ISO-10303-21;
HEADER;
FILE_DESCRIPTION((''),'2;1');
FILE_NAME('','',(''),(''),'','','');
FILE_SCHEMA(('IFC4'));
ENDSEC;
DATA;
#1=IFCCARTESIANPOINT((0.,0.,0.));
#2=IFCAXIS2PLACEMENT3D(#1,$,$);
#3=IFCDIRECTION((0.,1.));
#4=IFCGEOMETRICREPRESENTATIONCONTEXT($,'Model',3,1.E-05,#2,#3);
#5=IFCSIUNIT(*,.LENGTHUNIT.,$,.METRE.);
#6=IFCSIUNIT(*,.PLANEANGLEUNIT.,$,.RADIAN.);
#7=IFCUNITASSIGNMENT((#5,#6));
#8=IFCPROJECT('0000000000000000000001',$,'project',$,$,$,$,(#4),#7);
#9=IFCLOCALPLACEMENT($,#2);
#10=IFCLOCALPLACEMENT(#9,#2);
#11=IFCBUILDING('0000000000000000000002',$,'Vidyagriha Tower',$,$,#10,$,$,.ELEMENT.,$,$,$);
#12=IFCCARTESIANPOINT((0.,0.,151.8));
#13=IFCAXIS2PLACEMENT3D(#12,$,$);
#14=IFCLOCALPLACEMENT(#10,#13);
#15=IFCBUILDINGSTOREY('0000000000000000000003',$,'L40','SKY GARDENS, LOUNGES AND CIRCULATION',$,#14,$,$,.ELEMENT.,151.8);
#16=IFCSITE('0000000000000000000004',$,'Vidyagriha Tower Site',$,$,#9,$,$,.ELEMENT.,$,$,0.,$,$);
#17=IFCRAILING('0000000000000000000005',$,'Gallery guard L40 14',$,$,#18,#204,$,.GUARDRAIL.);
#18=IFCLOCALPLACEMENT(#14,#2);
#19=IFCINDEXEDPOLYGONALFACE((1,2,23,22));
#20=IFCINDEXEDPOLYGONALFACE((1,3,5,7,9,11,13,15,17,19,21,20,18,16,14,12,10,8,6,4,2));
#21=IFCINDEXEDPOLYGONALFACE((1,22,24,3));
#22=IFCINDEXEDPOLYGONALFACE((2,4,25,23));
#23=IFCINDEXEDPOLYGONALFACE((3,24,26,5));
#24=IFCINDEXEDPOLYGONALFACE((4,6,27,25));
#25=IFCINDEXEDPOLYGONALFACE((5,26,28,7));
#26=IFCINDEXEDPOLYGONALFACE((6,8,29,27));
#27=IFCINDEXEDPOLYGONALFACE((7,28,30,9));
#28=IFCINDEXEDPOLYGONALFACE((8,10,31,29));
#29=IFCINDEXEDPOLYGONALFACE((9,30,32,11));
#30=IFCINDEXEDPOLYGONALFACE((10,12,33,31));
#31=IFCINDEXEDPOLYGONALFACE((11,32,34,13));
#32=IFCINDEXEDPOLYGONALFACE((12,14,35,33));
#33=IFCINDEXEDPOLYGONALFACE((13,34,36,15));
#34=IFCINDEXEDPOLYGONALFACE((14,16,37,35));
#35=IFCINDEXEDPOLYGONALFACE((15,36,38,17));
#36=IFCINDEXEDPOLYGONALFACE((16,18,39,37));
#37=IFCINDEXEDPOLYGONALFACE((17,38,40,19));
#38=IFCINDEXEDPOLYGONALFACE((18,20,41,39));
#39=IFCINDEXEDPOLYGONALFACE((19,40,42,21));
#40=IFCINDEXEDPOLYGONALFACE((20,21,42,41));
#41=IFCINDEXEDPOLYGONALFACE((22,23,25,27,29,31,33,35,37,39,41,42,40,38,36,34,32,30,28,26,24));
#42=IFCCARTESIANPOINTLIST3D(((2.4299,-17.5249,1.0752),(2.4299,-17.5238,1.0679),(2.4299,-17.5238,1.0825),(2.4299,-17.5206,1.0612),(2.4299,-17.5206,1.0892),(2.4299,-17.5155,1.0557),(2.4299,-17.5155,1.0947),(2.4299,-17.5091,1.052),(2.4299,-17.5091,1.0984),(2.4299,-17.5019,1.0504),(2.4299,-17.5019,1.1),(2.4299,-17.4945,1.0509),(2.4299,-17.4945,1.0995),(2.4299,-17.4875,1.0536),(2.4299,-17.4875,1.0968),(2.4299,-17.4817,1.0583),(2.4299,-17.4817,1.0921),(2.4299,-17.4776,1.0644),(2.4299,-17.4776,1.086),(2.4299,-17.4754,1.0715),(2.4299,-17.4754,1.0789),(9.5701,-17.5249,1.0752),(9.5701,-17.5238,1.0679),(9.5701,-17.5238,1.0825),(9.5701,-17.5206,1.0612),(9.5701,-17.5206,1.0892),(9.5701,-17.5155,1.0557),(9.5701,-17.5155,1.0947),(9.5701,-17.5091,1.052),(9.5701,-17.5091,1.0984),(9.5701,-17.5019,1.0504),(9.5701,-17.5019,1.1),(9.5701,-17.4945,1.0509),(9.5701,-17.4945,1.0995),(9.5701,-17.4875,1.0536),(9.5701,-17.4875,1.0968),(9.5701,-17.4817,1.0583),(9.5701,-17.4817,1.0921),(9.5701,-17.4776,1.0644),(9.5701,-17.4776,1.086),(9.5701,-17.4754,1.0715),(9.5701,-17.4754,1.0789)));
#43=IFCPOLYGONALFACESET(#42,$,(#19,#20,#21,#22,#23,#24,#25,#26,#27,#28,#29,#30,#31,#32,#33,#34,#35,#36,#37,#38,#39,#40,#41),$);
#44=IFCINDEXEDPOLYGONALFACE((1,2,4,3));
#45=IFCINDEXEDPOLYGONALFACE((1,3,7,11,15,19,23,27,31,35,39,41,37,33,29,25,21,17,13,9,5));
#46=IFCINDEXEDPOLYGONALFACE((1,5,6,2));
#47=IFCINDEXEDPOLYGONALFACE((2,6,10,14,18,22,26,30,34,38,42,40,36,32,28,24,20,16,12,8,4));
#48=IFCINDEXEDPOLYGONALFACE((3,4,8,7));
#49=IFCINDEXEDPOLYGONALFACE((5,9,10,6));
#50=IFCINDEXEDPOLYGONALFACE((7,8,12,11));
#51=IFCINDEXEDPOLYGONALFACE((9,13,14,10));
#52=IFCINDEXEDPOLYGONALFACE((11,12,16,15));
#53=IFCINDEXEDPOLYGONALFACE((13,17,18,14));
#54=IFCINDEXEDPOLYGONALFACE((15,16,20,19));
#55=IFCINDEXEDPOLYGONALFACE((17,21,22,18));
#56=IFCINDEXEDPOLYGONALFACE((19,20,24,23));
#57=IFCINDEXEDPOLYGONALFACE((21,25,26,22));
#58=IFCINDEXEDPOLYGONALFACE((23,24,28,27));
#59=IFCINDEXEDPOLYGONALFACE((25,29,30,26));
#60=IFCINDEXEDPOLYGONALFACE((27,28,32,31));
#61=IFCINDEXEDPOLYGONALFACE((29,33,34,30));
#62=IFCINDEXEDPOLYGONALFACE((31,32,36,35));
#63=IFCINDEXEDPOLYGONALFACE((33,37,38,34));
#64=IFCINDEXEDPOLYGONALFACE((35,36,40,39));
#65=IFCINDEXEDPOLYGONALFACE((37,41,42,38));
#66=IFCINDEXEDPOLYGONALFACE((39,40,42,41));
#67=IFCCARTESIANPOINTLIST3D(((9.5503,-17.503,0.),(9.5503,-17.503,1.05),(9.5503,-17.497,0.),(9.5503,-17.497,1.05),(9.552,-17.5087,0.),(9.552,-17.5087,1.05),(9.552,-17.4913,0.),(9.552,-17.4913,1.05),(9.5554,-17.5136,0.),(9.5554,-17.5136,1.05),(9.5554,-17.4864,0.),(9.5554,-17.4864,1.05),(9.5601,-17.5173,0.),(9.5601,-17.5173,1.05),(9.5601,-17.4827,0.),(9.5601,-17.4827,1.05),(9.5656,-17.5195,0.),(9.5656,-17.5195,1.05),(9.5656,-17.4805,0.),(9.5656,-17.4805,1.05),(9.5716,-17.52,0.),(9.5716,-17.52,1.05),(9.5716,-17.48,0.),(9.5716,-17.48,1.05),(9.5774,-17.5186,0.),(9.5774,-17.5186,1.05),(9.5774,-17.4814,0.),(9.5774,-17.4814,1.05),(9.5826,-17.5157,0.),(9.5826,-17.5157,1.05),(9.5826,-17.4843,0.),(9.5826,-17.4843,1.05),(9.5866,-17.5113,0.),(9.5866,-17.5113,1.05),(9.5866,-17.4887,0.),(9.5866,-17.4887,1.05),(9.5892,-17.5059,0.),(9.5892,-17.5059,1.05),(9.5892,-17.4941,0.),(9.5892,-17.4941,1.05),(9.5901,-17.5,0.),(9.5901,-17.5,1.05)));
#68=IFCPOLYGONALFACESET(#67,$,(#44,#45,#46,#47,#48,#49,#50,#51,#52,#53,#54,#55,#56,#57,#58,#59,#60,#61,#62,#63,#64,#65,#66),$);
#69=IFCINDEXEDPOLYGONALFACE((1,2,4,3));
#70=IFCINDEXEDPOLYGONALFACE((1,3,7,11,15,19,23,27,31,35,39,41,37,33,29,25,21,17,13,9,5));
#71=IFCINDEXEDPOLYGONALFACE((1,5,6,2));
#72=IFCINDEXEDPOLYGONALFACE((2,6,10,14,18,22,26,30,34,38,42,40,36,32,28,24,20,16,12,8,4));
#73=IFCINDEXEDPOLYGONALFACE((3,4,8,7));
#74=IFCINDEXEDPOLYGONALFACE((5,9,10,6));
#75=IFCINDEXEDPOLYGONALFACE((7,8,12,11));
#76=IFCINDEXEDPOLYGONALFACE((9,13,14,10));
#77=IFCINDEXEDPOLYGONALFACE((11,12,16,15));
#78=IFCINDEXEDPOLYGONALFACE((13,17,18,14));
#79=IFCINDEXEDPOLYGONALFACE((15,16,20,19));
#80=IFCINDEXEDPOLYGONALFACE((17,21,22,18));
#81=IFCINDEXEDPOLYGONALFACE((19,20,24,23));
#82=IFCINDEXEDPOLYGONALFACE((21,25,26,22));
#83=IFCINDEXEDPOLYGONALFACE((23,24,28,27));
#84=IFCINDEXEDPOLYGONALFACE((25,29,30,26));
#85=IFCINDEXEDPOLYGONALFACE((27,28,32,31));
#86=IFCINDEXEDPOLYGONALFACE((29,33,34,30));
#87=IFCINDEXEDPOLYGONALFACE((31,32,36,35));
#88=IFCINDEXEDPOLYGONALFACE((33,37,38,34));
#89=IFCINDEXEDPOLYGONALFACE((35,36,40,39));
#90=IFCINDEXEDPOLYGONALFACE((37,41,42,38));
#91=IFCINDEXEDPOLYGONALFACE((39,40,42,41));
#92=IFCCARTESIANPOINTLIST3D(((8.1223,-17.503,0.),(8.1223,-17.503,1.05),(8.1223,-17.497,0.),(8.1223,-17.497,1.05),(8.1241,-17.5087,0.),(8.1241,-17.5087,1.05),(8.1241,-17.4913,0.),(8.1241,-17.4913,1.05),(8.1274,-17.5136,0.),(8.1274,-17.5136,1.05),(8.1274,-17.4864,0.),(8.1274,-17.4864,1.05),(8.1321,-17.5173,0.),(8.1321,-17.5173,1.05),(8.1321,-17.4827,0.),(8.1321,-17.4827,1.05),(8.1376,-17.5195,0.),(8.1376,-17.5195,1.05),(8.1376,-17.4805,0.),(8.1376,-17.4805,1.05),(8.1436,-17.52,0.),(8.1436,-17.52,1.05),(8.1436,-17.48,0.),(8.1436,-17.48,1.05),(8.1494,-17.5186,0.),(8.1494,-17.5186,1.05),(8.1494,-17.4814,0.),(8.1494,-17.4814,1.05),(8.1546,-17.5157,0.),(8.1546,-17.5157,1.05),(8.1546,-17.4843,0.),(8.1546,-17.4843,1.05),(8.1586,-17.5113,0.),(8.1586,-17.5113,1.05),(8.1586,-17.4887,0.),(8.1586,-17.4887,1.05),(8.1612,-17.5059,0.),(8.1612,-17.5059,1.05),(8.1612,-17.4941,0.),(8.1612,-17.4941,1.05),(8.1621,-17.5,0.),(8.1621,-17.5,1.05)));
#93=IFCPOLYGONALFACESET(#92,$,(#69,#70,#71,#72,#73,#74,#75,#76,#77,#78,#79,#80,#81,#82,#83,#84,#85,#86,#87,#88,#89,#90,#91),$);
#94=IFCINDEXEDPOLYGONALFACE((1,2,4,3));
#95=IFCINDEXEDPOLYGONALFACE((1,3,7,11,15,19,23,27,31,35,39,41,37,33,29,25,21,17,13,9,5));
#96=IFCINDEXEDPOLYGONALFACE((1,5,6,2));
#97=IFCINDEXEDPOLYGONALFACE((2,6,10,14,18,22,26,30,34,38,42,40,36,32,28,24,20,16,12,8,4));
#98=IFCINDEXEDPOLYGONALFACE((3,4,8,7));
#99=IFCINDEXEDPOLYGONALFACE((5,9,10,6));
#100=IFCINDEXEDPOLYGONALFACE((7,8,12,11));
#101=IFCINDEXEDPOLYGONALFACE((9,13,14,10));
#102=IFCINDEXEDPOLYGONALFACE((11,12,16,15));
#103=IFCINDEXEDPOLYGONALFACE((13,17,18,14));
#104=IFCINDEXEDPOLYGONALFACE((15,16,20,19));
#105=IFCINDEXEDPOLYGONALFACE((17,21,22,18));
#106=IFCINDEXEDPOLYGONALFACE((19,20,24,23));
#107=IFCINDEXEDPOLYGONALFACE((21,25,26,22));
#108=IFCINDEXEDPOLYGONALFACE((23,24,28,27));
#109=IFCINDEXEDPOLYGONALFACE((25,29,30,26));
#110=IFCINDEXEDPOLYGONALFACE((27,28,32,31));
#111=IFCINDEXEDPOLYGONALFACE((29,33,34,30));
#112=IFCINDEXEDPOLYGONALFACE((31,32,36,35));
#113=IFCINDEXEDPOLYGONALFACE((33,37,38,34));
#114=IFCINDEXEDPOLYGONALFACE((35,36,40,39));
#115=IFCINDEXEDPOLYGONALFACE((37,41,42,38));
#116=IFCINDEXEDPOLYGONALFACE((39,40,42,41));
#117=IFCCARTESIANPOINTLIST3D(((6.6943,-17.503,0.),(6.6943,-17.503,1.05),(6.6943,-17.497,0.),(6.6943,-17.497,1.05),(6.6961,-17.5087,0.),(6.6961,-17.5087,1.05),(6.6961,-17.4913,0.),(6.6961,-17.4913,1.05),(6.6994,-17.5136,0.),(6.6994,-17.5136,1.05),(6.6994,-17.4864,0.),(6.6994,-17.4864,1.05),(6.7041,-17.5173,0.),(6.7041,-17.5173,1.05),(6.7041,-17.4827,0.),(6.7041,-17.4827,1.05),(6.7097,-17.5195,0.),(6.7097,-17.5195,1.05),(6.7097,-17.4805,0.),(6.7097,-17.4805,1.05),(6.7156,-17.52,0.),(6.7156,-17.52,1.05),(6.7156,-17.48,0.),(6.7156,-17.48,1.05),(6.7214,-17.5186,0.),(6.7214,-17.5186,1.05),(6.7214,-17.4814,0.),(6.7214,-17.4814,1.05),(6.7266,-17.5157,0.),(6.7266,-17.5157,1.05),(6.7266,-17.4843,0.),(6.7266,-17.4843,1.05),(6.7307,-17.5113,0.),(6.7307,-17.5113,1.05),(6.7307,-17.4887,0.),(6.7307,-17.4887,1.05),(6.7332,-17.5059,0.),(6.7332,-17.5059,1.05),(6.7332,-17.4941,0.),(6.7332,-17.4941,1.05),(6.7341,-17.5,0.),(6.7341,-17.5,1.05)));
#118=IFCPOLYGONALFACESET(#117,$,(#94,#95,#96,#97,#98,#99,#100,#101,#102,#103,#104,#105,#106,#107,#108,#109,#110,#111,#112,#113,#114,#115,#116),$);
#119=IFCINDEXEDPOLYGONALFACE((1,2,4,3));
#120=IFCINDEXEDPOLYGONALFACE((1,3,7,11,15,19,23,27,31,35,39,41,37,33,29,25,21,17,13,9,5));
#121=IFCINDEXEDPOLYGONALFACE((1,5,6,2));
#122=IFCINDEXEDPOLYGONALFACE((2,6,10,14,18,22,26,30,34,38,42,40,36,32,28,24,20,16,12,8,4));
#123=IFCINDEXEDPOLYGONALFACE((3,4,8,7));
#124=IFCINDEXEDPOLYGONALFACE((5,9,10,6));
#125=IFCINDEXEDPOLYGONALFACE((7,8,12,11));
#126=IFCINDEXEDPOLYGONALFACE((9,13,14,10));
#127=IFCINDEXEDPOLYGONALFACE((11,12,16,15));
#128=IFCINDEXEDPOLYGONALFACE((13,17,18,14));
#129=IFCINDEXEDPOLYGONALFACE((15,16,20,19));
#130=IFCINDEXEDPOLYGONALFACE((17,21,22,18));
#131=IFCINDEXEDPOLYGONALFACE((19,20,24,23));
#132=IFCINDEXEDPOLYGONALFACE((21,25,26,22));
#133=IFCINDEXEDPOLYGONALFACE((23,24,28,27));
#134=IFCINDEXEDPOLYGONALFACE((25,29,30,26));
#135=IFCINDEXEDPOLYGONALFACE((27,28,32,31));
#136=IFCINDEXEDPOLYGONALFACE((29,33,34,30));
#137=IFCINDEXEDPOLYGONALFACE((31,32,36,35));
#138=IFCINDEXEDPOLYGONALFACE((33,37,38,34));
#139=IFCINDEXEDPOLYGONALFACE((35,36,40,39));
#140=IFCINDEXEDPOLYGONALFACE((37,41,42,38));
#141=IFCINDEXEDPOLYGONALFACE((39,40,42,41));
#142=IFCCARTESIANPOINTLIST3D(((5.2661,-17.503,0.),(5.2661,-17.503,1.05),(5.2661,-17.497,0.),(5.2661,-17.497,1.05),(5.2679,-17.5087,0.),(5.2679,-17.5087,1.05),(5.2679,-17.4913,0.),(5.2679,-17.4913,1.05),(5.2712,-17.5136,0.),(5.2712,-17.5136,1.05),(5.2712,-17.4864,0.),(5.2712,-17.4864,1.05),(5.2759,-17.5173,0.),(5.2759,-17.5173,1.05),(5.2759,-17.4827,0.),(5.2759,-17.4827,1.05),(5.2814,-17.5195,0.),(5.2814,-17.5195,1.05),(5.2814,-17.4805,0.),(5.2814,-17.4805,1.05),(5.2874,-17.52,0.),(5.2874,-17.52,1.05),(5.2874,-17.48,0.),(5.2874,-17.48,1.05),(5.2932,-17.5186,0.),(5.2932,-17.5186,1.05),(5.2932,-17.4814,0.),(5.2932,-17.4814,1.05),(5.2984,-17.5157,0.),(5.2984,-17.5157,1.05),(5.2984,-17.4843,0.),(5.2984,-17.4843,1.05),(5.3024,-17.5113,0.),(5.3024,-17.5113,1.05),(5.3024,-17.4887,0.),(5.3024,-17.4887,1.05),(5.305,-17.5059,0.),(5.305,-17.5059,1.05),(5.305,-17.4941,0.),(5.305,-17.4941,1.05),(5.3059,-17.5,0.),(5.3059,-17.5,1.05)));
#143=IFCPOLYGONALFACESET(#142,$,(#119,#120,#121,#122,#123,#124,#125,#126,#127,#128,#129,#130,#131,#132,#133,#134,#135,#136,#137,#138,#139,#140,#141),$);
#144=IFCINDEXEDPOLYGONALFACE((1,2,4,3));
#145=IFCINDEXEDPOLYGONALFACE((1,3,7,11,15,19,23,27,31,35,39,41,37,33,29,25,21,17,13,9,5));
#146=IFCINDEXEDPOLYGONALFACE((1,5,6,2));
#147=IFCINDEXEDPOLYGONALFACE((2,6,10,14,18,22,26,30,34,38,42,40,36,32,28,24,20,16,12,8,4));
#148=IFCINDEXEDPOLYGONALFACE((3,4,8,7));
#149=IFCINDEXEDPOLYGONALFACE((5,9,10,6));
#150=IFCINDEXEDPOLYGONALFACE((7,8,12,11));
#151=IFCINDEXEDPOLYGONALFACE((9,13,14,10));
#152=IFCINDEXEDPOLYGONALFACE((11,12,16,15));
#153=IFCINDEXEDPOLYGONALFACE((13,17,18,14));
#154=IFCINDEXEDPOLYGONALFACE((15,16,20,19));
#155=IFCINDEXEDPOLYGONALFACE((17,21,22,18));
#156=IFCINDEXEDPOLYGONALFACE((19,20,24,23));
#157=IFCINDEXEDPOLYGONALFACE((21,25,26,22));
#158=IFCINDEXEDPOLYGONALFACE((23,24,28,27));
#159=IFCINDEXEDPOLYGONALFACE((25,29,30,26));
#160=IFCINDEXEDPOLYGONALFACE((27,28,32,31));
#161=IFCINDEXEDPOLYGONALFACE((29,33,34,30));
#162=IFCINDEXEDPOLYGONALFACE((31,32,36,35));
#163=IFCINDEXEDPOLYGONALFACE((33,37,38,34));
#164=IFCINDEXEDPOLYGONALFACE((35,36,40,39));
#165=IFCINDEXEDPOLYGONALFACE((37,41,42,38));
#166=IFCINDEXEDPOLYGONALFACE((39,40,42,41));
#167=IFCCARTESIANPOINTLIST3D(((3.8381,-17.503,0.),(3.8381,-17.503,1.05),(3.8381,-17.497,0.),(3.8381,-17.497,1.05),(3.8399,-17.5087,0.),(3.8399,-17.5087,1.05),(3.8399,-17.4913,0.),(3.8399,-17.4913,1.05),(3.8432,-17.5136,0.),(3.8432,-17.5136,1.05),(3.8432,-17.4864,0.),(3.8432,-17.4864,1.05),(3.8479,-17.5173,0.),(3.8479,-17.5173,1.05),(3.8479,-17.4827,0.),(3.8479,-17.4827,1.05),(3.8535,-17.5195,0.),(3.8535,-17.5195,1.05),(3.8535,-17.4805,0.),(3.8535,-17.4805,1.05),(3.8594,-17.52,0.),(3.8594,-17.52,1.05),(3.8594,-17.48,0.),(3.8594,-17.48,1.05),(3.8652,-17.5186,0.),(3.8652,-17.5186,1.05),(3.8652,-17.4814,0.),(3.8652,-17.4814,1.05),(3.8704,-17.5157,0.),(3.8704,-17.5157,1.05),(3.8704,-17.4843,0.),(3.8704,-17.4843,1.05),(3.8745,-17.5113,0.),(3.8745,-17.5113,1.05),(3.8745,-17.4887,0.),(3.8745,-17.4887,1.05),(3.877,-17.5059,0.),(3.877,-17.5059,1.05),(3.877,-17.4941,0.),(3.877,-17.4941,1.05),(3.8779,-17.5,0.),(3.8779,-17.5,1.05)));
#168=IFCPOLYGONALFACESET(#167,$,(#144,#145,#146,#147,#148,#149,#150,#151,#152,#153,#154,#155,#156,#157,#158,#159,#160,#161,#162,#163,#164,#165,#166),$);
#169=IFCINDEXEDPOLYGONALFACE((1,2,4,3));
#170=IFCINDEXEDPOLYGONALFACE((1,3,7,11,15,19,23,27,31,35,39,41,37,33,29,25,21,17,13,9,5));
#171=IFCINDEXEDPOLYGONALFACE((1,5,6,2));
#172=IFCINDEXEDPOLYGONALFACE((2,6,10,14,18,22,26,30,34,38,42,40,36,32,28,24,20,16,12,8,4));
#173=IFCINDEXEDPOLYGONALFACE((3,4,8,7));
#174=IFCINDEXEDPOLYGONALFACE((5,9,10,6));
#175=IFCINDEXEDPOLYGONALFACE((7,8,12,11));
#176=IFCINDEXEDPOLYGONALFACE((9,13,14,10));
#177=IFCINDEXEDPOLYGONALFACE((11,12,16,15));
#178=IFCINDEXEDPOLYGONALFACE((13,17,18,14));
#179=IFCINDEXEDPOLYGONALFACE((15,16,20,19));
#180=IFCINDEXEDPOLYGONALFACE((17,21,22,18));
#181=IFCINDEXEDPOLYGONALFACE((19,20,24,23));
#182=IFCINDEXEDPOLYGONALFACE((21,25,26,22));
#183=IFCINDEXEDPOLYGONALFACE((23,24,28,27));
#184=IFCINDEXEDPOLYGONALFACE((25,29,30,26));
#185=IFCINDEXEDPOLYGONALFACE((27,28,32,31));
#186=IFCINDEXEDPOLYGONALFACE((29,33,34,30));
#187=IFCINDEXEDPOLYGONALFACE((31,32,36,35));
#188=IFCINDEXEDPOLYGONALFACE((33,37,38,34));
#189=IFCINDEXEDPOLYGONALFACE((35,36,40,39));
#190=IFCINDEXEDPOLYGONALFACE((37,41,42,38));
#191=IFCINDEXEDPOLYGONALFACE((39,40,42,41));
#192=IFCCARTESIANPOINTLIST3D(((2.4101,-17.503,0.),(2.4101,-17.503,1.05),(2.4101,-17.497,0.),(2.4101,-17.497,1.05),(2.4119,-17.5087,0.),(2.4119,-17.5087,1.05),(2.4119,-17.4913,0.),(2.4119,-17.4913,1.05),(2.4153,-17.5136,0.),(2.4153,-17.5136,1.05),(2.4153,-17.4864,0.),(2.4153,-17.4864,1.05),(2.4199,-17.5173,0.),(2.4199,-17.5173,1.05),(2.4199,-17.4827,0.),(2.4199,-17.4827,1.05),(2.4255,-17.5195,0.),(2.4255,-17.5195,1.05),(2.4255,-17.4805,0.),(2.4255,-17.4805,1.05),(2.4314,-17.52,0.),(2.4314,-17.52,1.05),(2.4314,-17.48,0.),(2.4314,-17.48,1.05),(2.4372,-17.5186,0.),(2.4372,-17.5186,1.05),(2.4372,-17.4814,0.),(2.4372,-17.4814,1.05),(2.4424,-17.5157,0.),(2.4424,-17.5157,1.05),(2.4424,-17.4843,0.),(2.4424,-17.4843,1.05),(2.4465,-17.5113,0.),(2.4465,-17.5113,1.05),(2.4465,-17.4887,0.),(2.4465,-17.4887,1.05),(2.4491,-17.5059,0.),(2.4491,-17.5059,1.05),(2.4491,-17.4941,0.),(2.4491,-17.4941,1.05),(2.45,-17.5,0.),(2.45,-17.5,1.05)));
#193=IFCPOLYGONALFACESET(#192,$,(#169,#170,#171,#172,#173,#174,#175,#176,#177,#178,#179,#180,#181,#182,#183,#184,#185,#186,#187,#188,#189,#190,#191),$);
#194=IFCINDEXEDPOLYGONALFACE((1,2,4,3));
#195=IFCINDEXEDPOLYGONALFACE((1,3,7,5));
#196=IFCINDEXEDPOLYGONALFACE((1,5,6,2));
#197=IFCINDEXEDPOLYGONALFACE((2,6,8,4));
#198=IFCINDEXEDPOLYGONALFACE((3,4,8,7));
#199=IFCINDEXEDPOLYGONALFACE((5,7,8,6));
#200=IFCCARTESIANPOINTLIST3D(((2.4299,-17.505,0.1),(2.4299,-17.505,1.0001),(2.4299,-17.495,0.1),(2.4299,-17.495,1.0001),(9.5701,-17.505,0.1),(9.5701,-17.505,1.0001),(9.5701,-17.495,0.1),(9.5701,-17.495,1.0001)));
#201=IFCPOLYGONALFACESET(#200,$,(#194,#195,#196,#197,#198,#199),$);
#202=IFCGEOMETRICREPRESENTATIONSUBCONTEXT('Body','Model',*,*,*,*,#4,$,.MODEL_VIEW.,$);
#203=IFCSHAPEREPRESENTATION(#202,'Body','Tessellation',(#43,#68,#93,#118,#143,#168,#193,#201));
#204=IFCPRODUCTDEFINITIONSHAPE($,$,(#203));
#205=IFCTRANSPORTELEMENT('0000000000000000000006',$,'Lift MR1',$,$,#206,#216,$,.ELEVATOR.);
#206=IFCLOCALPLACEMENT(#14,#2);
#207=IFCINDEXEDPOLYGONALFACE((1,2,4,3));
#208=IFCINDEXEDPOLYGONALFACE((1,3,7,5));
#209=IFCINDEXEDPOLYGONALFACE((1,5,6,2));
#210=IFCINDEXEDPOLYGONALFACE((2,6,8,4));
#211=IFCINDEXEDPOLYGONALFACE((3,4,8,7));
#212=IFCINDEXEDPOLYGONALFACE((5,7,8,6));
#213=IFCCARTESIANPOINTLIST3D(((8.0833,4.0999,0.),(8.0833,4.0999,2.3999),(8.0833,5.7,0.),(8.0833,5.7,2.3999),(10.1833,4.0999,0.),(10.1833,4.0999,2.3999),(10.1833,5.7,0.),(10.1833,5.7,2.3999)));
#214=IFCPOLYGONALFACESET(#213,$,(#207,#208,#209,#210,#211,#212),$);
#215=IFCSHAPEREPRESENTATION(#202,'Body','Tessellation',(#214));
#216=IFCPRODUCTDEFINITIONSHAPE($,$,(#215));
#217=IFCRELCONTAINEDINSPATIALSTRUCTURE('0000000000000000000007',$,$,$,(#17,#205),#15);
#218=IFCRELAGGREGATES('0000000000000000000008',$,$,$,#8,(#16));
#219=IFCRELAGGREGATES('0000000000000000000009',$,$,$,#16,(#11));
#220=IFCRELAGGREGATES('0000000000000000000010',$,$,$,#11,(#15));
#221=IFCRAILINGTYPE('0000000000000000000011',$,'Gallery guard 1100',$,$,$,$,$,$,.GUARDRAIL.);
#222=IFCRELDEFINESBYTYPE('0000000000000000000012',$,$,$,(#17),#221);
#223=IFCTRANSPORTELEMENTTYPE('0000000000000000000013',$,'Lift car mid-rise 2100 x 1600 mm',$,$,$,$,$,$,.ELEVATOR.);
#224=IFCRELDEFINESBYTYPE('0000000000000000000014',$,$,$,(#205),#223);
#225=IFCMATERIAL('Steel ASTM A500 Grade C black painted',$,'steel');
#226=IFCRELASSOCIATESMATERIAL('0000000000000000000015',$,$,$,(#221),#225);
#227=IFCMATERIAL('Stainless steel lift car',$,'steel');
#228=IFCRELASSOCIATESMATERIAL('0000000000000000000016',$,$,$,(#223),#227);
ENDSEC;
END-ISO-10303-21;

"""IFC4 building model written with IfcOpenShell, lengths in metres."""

from ifc_helpers import new_model, si_unit, direction, frame, origin, origin_2d, place, context, subcontext, project, spatial, rectangle, circle, extrude, material, type_object, element, save


model = new_model("IFC4")

# Units and contexts
model_context = context("Model", 3, precision=1e-05, world=origin(), true_north=direction((0.0, 1.0)))
body_context = subcontext(model_context, "Body", "Model", "MODEL_VIEW")
ifc_project = project(units=[si_unit("LENGTHUNIT", "METRE"), si_unit("PLANEANGLEUNIT", "RADIAN")], contexts=[model_context])

# Site, building, storey
site_placement = place(None, origin())
site = spatial("IfcSite", under=ifc_project, at=site_placement, Name="Vidyagriha Tower Site", CompositionType="ELEMENT", RefElevation=0.0)
building_placement = place(site_placement, origin())
building = spatial("IfcBuilding", under=site, at=building_placement, Name="Vidyagriha Tower", CompositionType="ELEMENT")
storey_placement = place(building_placement, frame((0.0, 0.0, 151.8)))
storey = spatial("IfcBuildingStorey", under=building, at=storey_placement, Name="L40", Description="SKY GARDENS, LOUNGES AND CIRCULATION", CompositionType="ELEMENT", Elevation=151.8)

# Railing
ifc_material_1 = material(Name="Steel ASTM A500 Grade C black painted", Category="steel")
railing_type = type_object("IfcRailingType", Name="Gallery guard 1100", PredefinedType="GUARDRAIL", material=ifc_material_1)
for number, where, name in (
    (1, (9.5701, -17.5, 0.0), "Gallery guard L40 14"),
):
    element("IfcRailing", number, at=place(storey_placement, frame(where)), inside=storey, type_object=railing_type, Name=name, PredefinedType="GUARDRAIL", context=body_context, shape_type="SweptSolid", body=[
        extrude(circle(Radius=0.0249, at=origin_2d()), frame((0.0, 0.0, 1.0752), z_axis=(-1.0, 0.0, 0.0), x_axis=(0.0, -1.0, 0.0)), (0.0, 0.0, 1.0), 7.1401),
        extrude(circle(Radius=0.02, at=origin_2d()), origin(), (0.0, 0.0, 1.0), 1.05),
        extrude(circle(Radius=0.02, at=origin_2d()), frame((-1.428, 0.0, 0.0)), (0.0, 0.0, 1.0), 1.05),
        extrude(circle(Radius=0.02, at=origin_2d()), frame((-2.856, 0.0, 0.0)), (0.0, 0.0, 1.0), 1.05),
        extrude(circle(Radius=0.02, at=origin_2d()), frame((-4.2842, 0.0, 0.0)), (0.0, 0.0, 1.0), 1.05),
        extrude(circle(Radius=0.02, at=origin_2d()), frame((-5.7122, 0.0, 0.0)), (0.0, 0.0, 1.0), 1.05),
        extrude(circle(Radius=0.02, at=origin_2d()), frame((-7.1401, 0.0, 0.0)), (0.0, 0.0, 1.0), 1.05),
        extrude(rectangle(XDim=0.01, YDim=0.9001, at=origin_2d()), frame((0.0, 0.0, 0.55), z_axis=(-1.0, 0.0, 0.0), x_axis=(0.0, -1.0, 0.0)), (0.0, 0.0, 1.0), 7.1401),
    ])

# Transport element
ifc_material_2 = material(Name="Stainless steel lift car", Category="steel")
transport_element_type = type_object("IfcTransportElementType", Name="Lift car mid-rise 2100 x 1600 mm", PredefinedType="ELEVATOR", material=ifc_material_2)
for number, where, name in (
    (2, (9.1333, 4.8999, 0.0), "Lift MR1"),
):
    element("IfcTransportElement", number, at=place(storey_placement, frame(where)), inside=storey, type_object=transport_element_type, Name=name, PredefinedType="ELEVATOR", context=body_context, shape_type="SweptSolid", body=[
        extrude(rectangle(XDim=2.1001, YDim=1.6001, at=origin_2d()), origin(), (0.0, 0.0, 1.0), 2.3999),
    ])

save(model, "model.ifc")
